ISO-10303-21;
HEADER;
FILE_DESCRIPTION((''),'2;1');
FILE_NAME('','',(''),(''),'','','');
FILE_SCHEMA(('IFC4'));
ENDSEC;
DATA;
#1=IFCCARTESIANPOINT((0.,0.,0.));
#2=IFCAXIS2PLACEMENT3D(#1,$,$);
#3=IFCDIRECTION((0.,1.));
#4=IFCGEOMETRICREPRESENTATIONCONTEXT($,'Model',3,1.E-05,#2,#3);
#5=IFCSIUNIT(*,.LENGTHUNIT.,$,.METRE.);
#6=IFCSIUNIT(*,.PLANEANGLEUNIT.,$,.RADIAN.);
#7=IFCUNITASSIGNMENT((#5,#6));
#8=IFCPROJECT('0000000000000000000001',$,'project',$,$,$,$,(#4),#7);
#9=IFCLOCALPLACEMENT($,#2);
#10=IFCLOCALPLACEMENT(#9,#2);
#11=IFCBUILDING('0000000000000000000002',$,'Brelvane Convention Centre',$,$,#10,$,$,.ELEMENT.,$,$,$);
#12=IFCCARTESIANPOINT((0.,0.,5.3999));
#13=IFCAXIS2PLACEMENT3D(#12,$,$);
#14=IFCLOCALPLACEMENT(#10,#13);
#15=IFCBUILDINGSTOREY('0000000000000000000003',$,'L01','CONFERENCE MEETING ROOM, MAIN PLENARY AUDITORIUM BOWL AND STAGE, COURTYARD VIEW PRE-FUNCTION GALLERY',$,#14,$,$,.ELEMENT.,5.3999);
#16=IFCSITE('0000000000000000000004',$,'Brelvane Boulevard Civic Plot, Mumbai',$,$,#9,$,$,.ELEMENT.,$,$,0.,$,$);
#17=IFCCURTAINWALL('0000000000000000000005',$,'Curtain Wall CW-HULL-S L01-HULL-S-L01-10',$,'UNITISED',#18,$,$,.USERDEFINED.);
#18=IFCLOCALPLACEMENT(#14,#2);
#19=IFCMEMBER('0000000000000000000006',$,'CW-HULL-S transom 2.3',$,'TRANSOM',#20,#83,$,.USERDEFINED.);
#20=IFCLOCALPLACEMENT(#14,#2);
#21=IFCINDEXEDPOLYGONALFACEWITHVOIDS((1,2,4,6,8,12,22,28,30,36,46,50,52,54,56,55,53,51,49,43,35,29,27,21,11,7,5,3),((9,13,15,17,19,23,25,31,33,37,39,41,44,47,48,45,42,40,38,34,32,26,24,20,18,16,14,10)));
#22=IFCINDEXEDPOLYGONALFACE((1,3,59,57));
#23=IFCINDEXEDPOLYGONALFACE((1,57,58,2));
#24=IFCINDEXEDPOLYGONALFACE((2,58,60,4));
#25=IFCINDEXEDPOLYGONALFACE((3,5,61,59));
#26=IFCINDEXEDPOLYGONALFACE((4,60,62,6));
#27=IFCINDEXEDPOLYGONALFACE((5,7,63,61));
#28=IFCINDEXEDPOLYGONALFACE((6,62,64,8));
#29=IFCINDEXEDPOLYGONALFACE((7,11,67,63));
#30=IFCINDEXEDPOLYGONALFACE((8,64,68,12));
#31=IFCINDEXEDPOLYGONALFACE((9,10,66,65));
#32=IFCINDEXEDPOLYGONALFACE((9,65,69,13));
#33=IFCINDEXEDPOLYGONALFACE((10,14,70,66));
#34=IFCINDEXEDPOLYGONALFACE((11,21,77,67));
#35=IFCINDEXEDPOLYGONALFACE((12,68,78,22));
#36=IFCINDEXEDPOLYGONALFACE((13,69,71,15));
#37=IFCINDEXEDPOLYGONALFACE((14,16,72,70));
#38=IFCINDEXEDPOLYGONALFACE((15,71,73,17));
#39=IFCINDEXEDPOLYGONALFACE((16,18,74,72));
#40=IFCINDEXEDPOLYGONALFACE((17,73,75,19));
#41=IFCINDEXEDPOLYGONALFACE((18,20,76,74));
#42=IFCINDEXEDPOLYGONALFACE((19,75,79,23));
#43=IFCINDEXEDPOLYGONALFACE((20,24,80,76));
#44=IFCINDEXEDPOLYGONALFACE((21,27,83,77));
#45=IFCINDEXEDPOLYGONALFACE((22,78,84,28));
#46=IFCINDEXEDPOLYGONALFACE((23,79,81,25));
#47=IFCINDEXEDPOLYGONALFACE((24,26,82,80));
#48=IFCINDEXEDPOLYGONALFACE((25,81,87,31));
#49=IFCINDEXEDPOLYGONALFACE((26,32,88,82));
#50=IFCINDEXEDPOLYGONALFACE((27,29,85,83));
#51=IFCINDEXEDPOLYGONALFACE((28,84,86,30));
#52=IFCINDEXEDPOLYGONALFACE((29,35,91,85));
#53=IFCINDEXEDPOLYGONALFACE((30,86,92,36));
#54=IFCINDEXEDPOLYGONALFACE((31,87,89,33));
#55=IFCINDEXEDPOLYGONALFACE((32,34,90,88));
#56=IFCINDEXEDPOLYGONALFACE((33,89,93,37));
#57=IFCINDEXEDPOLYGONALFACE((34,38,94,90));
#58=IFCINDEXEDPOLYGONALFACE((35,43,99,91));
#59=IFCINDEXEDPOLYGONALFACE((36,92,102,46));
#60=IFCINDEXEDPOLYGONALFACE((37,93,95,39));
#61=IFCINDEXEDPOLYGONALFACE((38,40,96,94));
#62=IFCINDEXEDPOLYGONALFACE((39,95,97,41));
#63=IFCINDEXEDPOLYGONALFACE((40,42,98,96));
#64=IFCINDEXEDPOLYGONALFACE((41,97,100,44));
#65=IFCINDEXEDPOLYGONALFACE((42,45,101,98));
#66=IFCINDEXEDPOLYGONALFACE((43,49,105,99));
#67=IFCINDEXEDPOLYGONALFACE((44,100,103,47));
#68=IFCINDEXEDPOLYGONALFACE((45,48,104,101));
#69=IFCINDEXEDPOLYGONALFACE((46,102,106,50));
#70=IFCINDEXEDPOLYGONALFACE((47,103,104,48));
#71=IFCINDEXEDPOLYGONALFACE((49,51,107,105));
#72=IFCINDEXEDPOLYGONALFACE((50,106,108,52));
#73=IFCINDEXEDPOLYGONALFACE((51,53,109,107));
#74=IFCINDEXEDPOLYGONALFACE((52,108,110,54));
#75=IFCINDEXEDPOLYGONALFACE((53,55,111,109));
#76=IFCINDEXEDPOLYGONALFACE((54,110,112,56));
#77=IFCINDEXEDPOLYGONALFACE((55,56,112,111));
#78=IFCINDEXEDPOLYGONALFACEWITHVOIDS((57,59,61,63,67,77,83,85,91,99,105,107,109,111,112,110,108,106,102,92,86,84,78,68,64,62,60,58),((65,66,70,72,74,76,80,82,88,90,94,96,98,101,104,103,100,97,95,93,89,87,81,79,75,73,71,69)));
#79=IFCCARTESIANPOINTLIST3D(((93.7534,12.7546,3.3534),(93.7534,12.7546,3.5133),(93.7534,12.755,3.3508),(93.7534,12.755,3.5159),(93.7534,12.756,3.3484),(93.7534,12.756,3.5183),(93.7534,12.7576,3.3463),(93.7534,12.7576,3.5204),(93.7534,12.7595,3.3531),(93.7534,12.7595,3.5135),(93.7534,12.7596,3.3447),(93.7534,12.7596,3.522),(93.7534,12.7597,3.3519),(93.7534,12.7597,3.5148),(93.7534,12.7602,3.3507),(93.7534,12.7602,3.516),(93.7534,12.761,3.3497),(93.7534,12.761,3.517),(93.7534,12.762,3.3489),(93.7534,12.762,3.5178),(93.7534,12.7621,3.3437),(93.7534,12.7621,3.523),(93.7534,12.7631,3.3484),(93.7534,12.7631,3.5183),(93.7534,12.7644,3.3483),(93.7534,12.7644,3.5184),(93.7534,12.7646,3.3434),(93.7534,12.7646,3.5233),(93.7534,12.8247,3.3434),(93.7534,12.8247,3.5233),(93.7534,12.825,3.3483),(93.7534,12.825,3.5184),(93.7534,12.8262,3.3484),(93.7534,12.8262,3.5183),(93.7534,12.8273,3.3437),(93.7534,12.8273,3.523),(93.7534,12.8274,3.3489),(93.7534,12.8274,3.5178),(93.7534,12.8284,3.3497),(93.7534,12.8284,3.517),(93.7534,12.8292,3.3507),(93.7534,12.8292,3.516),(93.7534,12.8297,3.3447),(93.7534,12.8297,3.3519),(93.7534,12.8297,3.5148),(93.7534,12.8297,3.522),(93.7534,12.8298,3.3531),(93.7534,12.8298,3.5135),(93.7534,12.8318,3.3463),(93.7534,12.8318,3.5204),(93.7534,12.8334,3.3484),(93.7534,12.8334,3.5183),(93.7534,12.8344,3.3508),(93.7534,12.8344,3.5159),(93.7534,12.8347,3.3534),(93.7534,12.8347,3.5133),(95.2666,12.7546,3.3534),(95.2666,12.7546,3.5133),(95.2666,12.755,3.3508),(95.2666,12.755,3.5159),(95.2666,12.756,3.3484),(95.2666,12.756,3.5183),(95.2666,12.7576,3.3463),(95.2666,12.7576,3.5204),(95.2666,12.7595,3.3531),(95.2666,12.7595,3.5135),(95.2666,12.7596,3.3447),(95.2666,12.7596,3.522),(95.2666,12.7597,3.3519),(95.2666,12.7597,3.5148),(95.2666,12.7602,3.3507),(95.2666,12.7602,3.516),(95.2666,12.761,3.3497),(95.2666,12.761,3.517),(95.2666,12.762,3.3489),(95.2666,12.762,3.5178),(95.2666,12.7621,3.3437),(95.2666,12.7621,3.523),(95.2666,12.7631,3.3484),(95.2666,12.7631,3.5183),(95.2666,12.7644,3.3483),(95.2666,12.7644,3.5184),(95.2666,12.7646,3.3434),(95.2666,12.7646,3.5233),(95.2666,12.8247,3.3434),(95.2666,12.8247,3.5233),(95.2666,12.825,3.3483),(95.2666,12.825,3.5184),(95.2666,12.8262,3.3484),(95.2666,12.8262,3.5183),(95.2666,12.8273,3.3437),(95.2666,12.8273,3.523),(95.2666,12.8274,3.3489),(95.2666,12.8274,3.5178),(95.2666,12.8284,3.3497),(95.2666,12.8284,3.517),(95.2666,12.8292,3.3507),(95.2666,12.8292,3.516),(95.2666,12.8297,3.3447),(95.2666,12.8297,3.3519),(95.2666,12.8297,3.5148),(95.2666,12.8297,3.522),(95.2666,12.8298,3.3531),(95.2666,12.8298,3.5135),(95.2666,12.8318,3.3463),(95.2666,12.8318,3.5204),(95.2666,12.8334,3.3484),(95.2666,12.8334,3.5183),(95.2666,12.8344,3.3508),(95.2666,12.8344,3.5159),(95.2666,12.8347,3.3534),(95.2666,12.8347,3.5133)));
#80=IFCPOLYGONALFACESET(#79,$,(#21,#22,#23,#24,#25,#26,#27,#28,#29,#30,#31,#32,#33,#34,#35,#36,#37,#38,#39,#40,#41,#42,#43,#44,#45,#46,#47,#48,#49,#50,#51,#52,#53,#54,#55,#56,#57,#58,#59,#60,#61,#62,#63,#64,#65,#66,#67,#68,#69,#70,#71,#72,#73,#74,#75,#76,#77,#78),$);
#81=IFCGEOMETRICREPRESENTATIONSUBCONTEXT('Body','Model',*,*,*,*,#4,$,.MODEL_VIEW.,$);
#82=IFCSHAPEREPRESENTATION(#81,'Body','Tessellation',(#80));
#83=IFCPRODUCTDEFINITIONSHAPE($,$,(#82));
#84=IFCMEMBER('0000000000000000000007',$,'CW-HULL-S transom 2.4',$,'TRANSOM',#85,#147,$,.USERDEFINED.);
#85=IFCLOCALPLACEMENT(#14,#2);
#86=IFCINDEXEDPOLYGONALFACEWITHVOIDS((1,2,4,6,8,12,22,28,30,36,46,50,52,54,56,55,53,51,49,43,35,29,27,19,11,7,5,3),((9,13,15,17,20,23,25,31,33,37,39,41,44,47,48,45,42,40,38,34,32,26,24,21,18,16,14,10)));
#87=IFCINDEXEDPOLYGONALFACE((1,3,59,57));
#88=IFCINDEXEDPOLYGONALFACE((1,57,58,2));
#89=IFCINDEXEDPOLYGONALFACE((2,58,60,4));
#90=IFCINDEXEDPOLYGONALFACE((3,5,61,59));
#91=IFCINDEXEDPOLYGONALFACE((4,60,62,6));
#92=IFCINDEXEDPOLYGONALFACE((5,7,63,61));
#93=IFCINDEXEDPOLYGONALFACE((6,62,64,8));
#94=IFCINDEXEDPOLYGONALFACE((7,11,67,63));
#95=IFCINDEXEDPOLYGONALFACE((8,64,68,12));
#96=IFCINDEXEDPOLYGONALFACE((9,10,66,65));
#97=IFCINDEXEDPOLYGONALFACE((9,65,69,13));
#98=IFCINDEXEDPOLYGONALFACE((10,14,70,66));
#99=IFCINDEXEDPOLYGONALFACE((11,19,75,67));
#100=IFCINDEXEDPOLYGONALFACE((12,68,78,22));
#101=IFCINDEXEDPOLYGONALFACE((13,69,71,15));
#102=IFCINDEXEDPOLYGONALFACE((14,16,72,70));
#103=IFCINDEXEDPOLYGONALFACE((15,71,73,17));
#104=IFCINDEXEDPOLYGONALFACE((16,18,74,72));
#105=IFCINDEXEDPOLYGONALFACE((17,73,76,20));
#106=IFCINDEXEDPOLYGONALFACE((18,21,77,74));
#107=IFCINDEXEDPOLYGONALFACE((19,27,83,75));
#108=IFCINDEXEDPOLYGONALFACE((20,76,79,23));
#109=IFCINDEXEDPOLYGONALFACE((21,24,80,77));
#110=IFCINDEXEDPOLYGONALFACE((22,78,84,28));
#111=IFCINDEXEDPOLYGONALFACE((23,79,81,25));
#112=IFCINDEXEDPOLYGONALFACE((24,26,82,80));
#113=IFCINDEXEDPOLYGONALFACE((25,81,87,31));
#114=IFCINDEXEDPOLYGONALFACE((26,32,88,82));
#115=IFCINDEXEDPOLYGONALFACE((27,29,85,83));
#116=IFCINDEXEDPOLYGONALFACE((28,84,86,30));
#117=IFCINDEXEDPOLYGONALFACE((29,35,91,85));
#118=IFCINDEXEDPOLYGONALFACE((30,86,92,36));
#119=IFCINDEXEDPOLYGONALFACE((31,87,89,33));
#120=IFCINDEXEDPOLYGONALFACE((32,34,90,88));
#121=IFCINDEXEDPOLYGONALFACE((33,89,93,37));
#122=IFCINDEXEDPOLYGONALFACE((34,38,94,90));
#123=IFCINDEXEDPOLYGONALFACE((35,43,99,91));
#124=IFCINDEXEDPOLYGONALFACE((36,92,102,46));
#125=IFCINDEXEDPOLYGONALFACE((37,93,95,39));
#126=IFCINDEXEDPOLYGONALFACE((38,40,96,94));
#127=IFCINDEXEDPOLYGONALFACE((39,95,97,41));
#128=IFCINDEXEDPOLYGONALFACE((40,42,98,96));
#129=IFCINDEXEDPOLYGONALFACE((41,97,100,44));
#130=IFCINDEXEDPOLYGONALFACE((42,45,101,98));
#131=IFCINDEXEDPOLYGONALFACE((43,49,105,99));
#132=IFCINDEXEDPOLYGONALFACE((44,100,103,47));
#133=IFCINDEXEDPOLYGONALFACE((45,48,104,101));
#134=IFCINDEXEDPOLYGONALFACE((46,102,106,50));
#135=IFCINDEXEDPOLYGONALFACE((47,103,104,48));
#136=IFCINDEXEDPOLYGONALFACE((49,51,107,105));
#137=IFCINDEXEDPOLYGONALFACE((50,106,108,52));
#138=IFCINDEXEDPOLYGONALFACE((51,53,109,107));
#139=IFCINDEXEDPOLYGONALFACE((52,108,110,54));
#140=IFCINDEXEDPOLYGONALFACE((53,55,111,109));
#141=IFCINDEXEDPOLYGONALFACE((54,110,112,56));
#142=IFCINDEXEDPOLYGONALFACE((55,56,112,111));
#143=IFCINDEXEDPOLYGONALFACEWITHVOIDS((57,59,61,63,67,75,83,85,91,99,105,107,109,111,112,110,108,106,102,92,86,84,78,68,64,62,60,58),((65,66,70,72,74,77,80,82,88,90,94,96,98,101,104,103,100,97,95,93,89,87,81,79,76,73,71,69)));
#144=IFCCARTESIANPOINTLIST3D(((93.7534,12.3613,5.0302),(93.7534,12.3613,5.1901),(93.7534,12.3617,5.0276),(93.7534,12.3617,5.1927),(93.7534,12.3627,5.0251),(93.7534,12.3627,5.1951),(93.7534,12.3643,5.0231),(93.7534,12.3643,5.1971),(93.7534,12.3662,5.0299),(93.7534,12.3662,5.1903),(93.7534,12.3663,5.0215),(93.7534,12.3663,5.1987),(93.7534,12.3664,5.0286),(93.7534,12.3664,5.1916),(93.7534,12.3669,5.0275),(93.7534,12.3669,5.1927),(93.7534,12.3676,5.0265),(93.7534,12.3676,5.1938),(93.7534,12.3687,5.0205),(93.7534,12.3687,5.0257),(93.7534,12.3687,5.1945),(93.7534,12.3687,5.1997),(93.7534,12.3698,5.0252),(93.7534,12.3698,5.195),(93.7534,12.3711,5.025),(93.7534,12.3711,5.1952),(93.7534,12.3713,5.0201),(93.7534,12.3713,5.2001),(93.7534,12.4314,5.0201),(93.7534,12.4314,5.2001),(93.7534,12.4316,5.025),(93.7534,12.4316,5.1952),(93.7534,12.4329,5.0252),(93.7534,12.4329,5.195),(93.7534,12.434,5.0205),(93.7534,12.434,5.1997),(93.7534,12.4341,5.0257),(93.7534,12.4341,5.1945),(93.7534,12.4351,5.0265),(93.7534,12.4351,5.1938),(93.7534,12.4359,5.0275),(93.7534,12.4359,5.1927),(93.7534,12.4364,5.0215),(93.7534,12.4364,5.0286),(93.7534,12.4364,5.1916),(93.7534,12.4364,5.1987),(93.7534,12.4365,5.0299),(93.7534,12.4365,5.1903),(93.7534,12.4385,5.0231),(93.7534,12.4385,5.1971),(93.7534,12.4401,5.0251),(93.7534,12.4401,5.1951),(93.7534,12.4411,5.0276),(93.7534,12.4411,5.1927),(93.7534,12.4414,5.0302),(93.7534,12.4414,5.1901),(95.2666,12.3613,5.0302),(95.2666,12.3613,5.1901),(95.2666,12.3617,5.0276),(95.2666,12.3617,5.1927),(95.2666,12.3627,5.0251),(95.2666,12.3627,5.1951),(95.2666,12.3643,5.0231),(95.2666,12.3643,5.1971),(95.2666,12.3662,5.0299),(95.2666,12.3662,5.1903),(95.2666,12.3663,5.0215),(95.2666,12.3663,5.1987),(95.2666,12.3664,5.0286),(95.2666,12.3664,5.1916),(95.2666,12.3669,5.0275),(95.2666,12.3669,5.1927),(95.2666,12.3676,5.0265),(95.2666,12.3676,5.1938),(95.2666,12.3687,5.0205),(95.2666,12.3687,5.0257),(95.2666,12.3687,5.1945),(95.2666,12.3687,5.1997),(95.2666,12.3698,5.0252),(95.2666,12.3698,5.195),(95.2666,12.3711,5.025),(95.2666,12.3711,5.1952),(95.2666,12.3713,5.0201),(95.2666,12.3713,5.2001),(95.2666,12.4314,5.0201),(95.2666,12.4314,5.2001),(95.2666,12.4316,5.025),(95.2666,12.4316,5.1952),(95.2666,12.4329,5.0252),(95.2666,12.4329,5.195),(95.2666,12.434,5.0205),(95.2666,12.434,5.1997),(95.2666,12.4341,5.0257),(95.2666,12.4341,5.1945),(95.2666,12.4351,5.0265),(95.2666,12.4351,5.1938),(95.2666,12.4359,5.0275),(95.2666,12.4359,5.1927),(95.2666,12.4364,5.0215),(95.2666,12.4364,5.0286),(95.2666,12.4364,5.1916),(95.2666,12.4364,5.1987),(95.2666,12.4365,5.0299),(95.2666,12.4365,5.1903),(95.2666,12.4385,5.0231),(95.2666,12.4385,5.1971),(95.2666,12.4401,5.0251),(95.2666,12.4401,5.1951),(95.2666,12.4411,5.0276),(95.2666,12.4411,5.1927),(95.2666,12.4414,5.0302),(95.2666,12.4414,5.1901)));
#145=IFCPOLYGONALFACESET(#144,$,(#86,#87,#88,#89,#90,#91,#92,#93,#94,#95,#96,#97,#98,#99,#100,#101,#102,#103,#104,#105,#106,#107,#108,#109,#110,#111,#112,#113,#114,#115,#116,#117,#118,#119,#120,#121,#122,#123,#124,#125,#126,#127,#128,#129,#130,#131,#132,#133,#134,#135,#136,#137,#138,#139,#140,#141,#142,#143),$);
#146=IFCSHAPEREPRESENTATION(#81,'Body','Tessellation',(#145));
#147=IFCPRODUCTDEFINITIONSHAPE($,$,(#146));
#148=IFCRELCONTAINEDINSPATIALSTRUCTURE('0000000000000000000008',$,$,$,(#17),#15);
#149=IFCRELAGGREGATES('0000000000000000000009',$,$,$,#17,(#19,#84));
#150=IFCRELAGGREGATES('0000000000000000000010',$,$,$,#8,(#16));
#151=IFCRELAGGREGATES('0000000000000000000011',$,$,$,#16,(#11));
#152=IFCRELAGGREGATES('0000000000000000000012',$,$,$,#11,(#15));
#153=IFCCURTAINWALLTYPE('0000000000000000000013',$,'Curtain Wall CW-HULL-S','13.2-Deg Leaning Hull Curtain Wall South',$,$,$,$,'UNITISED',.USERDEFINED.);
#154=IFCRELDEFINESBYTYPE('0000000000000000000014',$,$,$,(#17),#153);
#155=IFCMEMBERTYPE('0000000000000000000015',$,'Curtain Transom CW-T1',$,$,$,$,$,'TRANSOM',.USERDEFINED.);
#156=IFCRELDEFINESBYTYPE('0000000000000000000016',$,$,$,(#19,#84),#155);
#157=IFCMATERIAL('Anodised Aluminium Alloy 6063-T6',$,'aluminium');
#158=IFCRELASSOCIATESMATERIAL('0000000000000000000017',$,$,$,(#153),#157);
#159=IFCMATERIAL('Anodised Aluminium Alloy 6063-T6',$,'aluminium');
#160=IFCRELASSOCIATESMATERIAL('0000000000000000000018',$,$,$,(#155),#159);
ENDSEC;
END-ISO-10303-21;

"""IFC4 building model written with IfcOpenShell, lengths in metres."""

from ifc_helpers import new_model, si_unit, direction, frame, origin, origin_2d, place, context, subcontext, project, spatial, hollow_rectangle, extrude, material, material_profile, profile_set, type_object, element, aggregate, save


model = new_model("IFC4")

# Units and contexts
model_context = context("Model", 3, precision=1e-05, world=origin(), true_north=direction((0.0, 1.0)))
body_context = subcontext(model_context, "Body", "Model", "MODEL_VIEW")
ifc_project = project(units=[si_unit("LENGTHUNIT", "METRE"), si_unit("PLANEANGLEUNIT", "RADIAN")], contexts=[model_context])

# Site, building, storey
site_placement = place(None, origin())
site = spatial("IfcSite", under=ifc_project, at=site_placement, Name="Brelvane Boulevard Civic Plot, Mumbai", CompositionType="ELEMENT", RefElevation=0.0)
building_placement = place(site_placement, origin())
building = spatial("IfcBuilding", under=site, at=building_placement, Name="Brelvane Convention Centre", CompositionType="ELEMENT")
storey_placement = place(building_placement, frame((0.0, 0.0, 5.3999)))
storey = spatial("IfcBuildingStorey", under=building, at=storey_placement, Name="L01", Description="CONFERENCE MEETING ROOM, MAIN PLENARY AUDITORIUM BOWL AND STAGE, COURTYARD VIEW PRE-FUNCTION GALLERY", CompositionType="ELEMENT", Elevation=5.3999)

# Curtain wall, members
ifc_material_1 = material(Name="Anodised Aluminium Alloy 6063-T6", Category="aluminium")
curtain_wall_type = type_object("IfcCurtainWallType", Name="Curtain Wall CW-HULL-S", Description="13.2-Deg Leaning Hull Curtain Wall South", ElementType="UNITISED", PredefinedType="USERDEFINED", material=ifc_material_1)
ifc_material_2 = material(Name="Anodised Aluminium Alloy 6063-T6", Category="aluminium")
ifc_material_profile = material_profile(ifc_material_2, hollow_rectangle(XDim=0.0801, YDim=0.1799, WallThickness=0.0049, InnerFilletRadius=0.0049, OuterFilletRadius=0.01, at=origin_2d()), Name="ALU-T 180x80x5.0")
ifc_profile_set = profile_set([ifc_material_profile], Name="Anodised Aluminium Alloy 6063-T6")
member_type = type_object("IfcMemberType", Name="Curtain Transom CW-T1", ElementType="TRANSOM", PredefinedType="USERDEFINED", material=ifc_profile_set)
curtain_wall_1_placement = place(storey_placement, origin())
curtain_wall_1 = element("IfcCurtainWall", 1, at=curtain_wall_1_placement, inside=storey, type_object=curtain_wall_type, Name="Curtain Wall CW-HULL-S L01-HULL-S-L01-10", ObjectType="UNITISED", PredefinedType="USERDEFINED")
member_1_placement = place(storey_placement, frame((93.7534, 12.7947, 3.4333), z_axis=(1.0, 0.0, 0.0), x_axis=(0.0, 1.0, 0.0)))
member_1 = element("IfcMember", 2, at=member_1_placement, type_object=member_type, Name="CW-HULL-S transom 2.3", ObjectType="TRANSOM", PredefinedType="USERDEFINED", context=body_context, shape_type="SweptSolid", body=[
    extrude(hollow_rectangle(XDim=0.0801, YDim=0.1799, WallThickness=0.0049, InnerFilletRadius=0.0049, OuterFilletRadius=0.01, at=origin_2d()), origin(), (0.0, 0.0, 1.0), 1.5132),
])
member_2_placement = place(storey_placement, frame((93.7534, 12.4014, 5.1101), z_axis=(1.0, 0.0, 0.0), x_axis=(0.0, 1.0, 0.0)))
member_2 = element("IfcMember", 3, at=member_2_placement, type_object=member_type, Name="CW-HULL-S transom 2.4", ObjectType="TRANSOM", PredefinedType="USERDEFINED", context=body_context, shape_type="SweptSolid", body=[
    extrude(hollow_rectangle(XDim=0.0801, YDim=0.1799, WallThickness=0.0049, InnerFilletRadius=0.0049, OuterFilletRadius=0.01, at=origin_2d()), origin(), (0.0, 0.0, 1.0), 1.5132),
])

aggregate(curtain_wall_1, [member_1, member_2])

save(model, "model.ifc")
